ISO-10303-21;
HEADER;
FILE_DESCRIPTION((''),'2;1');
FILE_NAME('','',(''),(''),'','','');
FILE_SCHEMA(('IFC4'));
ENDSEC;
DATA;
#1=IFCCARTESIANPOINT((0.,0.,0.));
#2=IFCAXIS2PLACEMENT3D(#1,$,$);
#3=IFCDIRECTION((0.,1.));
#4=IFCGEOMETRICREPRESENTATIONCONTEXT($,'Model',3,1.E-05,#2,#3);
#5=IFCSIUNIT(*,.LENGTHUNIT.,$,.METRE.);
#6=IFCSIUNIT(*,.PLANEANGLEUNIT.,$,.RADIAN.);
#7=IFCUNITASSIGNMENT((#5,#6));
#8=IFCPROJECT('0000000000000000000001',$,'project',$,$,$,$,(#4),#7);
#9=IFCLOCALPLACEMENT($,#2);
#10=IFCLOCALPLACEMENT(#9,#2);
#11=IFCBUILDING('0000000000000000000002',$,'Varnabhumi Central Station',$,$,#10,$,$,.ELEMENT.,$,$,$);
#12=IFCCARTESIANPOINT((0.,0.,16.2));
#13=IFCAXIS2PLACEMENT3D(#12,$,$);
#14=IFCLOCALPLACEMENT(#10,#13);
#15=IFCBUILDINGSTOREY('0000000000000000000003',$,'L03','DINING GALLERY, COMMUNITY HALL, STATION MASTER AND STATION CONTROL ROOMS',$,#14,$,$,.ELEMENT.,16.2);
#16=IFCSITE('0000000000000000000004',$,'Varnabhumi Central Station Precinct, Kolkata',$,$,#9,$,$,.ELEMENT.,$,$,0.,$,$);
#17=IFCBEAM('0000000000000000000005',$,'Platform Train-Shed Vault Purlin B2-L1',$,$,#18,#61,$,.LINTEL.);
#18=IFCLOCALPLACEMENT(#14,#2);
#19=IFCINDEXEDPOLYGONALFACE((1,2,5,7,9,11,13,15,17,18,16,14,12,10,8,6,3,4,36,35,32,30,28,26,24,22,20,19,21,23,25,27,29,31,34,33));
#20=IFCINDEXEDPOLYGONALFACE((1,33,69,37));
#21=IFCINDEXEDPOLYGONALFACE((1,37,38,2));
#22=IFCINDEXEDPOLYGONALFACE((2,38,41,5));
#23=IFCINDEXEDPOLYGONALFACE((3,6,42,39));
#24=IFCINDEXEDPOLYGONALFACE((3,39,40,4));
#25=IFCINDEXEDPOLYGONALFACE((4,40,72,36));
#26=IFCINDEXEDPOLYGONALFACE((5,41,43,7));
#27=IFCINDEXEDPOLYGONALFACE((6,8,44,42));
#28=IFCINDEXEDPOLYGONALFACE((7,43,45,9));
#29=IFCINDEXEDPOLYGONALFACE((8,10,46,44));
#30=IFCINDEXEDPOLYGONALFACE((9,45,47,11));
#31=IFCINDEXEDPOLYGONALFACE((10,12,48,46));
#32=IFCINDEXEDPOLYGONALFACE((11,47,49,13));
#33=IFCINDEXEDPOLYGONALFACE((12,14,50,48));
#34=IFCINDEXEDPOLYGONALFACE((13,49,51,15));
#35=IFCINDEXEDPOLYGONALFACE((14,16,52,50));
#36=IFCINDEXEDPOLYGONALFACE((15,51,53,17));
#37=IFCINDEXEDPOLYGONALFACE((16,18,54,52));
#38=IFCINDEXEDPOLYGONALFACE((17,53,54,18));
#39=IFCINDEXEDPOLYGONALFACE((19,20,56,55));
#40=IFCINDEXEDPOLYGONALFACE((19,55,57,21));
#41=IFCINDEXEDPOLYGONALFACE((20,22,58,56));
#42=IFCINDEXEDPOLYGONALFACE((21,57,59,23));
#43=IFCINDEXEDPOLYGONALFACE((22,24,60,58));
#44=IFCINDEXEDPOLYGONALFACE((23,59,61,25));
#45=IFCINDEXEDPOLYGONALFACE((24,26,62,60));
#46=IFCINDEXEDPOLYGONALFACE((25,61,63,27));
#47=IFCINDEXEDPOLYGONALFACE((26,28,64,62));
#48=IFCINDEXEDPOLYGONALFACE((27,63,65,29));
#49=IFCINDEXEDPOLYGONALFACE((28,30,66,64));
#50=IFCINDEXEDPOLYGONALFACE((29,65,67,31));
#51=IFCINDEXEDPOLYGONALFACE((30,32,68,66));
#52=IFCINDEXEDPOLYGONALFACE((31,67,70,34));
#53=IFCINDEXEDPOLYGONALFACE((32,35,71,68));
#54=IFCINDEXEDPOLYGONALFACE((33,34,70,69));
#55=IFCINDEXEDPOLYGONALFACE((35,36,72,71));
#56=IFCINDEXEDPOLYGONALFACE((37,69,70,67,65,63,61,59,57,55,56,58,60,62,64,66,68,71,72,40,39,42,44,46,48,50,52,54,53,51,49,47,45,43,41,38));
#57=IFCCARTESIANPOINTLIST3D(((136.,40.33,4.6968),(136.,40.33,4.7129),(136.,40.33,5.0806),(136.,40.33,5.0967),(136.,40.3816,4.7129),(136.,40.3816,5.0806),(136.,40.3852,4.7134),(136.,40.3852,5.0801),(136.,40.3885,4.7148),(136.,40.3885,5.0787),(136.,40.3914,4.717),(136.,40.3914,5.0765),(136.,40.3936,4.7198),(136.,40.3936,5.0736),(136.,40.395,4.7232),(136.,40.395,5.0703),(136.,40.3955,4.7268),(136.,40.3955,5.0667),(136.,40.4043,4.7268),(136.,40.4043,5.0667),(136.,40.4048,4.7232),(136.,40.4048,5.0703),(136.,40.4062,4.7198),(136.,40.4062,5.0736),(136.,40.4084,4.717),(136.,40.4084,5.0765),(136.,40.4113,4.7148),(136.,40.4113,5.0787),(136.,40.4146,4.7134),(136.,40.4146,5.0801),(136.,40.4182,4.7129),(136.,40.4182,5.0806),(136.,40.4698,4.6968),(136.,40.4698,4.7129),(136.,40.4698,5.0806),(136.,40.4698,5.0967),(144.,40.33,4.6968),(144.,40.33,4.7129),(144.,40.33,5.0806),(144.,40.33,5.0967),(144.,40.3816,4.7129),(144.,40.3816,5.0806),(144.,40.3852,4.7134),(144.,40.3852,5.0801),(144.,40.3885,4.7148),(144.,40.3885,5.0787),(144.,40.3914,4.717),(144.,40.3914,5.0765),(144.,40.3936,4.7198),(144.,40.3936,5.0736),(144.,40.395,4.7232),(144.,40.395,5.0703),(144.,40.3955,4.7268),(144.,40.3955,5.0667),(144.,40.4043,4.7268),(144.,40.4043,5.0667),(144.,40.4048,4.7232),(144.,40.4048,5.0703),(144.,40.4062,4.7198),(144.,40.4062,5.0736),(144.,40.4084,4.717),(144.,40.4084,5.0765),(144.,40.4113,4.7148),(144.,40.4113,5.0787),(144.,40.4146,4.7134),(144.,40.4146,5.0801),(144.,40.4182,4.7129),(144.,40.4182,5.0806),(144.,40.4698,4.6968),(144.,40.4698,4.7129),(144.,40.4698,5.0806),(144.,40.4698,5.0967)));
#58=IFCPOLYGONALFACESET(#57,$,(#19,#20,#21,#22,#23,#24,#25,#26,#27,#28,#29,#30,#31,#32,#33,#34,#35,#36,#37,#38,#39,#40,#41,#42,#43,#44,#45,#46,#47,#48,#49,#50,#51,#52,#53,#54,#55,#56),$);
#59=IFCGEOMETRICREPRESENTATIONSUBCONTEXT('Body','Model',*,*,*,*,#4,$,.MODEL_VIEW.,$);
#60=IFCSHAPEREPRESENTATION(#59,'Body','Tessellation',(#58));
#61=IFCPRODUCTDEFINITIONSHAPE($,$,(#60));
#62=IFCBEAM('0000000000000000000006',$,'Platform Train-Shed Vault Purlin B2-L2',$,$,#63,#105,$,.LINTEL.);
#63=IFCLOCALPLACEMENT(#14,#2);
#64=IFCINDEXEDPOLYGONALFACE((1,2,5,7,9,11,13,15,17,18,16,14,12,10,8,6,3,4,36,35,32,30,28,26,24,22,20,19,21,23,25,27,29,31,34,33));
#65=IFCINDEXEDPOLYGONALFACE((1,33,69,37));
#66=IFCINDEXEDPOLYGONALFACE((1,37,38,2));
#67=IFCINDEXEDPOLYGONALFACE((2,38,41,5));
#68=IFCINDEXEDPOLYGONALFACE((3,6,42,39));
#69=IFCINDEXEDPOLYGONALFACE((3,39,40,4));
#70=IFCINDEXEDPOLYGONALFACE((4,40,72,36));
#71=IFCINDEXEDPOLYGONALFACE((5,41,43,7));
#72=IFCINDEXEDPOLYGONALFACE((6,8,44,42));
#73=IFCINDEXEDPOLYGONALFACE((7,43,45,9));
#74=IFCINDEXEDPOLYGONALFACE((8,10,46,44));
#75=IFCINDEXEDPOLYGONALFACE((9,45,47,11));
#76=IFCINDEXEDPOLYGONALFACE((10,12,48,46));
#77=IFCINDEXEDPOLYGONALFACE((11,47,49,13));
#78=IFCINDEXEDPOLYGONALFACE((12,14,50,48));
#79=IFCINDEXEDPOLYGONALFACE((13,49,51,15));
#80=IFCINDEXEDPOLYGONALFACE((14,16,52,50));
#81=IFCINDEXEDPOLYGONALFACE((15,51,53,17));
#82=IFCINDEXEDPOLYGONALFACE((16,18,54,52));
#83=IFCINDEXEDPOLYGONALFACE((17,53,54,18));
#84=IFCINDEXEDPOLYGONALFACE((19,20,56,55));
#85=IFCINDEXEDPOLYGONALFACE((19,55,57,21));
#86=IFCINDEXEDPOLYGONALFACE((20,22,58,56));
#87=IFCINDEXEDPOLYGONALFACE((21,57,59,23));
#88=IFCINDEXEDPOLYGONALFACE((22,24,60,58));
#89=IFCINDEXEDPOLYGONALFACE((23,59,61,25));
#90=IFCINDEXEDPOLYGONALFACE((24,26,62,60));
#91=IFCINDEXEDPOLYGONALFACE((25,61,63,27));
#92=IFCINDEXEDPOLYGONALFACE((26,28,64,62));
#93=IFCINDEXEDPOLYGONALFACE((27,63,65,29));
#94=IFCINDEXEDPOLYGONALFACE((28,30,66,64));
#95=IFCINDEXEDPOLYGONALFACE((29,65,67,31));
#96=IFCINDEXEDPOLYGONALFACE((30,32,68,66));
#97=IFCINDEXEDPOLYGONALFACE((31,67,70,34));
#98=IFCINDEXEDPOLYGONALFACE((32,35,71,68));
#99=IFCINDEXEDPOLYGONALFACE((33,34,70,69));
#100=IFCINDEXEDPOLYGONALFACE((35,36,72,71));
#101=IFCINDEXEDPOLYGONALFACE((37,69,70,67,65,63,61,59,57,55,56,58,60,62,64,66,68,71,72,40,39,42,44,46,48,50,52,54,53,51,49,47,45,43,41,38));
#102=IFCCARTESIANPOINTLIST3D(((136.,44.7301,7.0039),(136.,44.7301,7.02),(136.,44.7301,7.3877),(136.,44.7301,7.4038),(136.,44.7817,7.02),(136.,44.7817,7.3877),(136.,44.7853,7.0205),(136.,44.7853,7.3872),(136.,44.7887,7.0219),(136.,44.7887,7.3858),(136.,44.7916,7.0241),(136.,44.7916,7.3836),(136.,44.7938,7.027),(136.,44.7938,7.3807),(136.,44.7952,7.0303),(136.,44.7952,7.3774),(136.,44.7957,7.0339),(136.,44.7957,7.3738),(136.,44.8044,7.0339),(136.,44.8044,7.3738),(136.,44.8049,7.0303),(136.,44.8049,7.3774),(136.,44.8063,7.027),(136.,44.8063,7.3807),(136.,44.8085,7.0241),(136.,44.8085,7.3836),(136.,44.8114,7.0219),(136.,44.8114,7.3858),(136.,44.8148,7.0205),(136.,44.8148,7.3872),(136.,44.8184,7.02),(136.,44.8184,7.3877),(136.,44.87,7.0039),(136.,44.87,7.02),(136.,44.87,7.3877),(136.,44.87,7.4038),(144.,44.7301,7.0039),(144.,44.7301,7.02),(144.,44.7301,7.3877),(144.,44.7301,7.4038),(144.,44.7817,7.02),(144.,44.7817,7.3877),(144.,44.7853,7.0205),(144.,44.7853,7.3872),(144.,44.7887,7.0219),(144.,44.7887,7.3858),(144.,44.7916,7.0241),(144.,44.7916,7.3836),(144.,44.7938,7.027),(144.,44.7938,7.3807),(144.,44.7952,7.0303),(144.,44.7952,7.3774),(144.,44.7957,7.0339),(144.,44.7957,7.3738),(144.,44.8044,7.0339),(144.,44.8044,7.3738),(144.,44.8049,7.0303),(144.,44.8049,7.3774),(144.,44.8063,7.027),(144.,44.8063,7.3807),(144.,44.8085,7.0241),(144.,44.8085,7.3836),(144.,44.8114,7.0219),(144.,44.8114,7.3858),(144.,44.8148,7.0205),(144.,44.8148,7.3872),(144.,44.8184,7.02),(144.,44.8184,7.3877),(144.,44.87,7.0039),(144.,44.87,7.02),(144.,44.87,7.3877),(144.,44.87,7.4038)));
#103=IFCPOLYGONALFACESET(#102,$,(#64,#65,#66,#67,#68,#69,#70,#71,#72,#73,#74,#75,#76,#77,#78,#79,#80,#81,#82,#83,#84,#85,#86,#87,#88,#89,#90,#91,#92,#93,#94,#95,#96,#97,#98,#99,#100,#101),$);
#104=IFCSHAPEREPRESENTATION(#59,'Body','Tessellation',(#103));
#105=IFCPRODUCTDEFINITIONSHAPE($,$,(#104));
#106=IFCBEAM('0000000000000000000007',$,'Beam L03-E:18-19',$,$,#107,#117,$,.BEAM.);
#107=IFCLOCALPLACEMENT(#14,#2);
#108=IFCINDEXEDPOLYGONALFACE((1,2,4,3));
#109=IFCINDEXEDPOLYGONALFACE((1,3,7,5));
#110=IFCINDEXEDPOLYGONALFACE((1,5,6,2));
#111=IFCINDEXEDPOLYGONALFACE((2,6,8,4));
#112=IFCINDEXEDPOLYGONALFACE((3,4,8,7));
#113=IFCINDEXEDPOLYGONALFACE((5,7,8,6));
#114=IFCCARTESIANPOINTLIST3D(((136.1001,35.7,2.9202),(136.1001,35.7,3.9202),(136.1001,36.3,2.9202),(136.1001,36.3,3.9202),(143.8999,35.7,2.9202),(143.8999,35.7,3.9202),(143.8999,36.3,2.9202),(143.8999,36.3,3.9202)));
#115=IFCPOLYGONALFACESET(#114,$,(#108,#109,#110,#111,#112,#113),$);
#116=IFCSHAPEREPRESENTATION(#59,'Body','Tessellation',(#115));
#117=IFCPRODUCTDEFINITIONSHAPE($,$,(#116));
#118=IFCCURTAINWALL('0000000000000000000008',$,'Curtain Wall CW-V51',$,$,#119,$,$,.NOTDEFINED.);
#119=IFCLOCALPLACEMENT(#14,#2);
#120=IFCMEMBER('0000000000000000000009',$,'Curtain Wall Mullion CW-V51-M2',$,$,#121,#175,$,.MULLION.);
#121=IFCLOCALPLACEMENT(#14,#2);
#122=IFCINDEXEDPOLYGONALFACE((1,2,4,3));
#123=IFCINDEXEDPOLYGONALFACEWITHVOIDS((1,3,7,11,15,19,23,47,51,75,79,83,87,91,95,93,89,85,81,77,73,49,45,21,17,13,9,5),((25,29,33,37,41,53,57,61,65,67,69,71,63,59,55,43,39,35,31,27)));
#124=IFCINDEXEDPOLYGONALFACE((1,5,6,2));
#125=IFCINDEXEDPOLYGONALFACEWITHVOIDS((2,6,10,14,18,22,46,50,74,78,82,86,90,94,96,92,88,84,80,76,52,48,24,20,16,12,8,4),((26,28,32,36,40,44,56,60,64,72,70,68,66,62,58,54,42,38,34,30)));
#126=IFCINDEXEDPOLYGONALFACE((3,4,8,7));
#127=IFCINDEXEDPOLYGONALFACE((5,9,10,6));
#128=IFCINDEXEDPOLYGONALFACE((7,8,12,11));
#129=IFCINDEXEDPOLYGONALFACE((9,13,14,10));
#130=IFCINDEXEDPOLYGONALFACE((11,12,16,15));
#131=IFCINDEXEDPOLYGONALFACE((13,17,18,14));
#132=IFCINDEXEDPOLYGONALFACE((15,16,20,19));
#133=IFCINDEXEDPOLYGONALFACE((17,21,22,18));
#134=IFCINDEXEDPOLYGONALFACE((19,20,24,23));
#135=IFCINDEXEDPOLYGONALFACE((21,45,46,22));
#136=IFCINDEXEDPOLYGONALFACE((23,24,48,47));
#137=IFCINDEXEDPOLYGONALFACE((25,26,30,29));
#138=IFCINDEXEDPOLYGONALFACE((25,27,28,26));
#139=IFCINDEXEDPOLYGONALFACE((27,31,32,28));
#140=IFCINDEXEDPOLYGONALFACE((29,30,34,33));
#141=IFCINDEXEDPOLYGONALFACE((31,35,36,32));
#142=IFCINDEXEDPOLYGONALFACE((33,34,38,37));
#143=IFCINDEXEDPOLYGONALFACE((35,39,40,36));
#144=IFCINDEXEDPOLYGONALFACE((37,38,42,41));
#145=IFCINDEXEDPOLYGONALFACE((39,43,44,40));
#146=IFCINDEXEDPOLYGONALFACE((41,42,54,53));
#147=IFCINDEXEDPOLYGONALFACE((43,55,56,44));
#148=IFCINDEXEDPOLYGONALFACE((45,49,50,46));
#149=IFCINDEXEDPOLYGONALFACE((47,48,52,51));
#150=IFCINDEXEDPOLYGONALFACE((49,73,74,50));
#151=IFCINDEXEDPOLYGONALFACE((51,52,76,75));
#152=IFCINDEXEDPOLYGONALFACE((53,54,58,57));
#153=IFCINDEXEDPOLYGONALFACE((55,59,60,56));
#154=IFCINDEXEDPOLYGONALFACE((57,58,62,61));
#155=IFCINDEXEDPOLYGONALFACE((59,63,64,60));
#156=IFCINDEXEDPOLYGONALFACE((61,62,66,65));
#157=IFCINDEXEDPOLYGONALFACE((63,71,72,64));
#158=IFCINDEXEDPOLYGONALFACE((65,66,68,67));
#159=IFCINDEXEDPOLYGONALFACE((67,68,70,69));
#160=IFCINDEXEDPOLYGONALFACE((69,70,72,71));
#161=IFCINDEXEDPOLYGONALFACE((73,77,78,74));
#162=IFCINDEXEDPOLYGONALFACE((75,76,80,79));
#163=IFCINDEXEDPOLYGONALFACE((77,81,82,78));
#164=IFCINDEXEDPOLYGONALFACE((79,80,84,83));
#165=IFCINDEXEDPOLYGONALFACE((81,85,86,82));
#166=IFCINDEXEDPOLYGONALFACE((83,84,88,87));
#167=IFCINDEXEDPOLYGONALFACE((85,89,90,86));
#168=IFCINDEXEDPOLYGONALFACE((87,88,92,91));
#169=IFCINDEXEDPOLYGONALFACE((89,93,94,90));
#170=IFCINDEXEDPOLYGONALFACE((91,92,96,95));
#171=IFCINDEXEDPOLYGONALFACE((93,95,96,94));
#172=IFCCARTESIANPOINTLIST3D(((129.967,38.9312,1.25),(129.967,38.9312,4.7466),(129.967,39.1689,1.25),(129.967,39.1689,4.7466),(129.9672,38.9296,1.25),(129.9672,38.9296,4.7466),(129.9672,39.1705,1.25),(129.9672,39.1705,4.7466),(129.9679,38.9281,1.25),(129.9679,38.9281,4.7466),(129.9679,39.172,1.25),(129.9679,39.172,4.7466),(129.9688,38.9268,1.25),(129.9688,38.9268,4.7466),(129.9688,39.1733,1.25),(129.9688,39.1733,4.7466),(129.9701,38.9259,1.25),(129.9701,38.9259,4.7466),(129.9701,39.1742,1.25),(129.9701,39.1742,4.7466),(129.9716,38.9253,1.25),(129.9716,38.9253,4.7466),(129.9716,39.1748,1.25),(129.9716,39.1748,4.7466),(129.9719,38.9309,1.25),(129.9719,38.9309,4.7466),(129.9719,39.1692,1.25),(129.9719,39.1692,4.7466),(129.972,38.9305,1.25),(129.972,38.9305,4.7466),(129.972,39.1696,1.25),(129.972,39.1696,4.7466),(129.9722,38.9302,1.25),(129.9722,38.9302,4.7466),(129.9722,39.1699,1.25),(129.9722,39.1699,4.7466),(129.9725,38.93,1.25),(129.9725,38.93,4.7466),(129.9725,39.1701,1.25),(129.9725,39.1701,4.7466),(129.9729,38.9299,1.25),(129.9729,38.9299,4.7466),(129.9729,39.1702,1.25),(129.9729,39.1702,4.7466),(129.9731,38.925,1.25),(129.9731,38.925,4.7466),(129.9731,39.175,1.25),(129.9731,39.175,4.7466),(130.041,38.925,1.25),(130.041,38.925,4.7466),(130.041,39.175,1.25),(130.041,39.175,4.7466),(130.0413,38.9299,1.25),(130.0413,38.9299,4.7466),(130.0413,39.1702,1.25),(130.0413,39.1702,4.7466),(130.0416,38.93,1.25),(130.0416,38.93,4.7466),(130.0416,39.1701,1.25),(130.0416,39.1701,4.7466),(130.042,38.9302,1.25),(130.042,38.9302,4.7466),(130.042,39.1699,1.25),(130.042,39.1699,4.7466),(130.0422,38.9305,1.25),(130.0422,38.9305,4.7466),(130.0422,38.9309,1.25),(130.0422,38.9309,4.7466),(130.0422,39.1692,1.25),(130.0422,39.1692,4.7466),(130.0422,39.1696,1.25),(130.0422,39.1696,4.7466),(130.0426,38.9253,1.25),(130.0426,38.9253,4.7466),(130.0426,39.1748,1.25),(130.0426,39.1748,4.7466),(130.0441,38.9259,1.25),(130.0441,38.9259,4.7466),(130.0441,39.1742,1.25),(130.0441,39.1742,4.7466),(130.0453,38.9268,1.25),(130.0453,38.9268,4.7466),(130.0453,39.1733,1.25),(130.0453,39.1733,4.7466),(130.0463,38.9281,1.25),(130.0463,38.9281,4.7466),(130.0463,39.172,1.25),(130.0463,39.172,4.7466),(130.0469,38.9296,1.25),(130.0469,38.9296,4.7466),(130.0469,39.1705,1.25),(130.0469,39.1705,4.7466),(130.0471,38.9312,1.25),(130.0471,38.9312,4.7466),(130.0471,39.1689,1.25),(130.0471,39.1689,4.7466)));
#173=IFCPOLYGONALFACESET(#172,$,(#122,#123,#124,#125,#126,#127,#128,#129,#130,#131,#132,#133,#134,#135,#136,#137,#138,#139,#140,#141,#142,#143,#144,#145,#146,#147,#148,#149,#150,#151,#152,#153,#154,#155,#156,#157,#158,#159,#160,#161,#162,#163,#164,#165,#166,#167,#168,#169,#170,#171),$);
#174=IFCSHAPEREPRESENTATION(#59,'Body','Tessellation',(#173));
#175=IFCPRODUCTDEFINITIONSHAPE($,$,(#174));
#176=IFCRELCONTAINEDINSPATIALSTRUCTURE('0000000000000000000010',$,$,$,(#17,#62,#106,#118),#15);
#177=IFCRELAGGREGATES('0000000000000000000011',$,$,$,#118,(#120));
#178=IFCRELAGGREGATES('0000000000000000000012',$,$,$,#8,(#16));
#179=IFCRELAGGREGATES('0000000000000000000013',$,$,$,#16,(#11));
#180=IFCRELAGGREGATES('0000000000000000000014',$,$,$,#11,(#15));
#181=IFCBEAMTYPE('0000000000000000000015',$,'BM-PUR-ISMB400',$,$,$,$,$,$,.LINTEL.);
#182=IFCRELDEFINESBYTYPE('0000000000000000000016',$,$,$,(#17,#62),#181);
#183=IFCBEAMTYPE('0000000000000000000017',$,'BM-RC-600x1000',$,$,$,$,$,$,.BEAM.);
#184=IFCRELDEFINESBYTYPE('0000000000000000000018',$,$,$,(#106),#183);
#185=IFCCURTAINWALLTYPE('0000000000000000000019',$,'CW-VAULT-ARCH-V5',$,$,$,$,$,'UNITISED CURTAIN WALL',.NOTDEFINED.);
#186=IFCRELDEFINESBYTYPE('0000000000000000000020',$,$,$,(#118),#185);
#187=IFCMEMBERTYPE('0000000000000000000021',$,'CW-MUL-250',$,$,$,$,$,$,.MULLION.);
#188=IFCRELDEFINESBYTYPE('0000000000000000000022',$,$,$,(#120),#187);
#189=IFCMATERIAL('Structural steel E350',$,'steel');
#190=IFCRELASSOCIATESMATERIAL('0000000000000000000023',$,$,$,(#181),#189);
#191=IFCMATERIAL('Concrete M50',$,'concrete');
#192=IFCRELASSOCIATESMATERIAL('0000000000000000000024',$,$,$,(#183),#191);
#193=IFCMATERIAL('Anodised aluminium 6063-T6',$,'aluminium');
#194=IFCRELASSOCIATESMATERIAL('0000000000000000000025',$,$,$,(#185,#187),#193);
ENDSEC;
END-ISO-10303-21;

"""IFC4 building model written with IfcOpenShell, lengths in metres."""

from ifc_helpers import new_model, si_unit, direction, frame, origin, origin_2d, place, context, subcontext, project, spatial, rectangle, hollow_rectangle, i_section, extrude, material, material_profile, profile_set, type_object, element, aggregate, save


model = new_model("IFC4")

# Units and contexts
model_context = context("Model", 3, precision=1e-05, world=origin(), true_north=direction((0.0, 1.0)))
body_context = subcontext(model_context, "Body", "Model", "MODEL_VIEW")
ifc_project = project(units=[si_unit("LENGTHUNIT", "METRE"), si_unit("PLANEANGLEUNIT", "RADIAN")], contexts=[model_context])

# Site, building, storey
site_placement = place(None, origin())
site = spatial("IfcSite", under=ifc_project, at=site_placement, Name="Varnabhumi Central Station Precinct, Kolkata", CompositionType="ELEMENT", RefElevation=0.0)
building_placement = place(site_placement, origin())
building = spatial("IfcBuilding", under=site, at=building_placement, Name="Varnabhumi Central Station", CompositionType="ELEMENT")
storey_placement = place(building_placement, frame((0.0, 0.0, 16.2)))
storey = spatial("IfcBuildingStorey", under=building, at=storey_placement, Name="L03", Description="DINING GALLERY, COMMUNITY HALL, STATION MASTER AND STATION CONTROL ROOMS", CompositionType="ELEMENT", Elevation=16.2)

# Beams
ifc_material_1 = material(Name="Structural steel E350", Category="steel")
ifc_material_profile_1 = material_profile(ifc_material_1, i_section(OverallWidth=0.1399, OverallDepth=0.3999, WebThickness=0.0088, FlangeThickness=0.0161, FilletRadius=0.0139, at=origin_2d()), Name="Structural steel E350", Category="steel")
ifc_profile_set_1 = profile_set([ifc_material_profile_1], Name="Structural steel E350")
beam_type_1 = type_object("IfcBeamType", Name="BM-PUR-ISMB400", PredefinedType="LINTEL", material=ifc_profile_set_1)
for number, where, z_axis, x_axis, name in (
    (1, (136.0, 40.3999, 4.8967), (1.0, 0.0, 0.0), (0.0, 1.0, 0.0), "Platform Train-Shed Vault Purlin B2-L1"),
    (2, (136.0, 44.8, 7.2039), (1.0, 0.0, 0.0), (0.0, 1.0, 0.0), "Platform Train-Shed Vault Purlin B2-L2"),
):
    element("IfcBeam", number, at=place(storey_placement, frame(where, z_axis=z_axis, x_axis=x_axis)), inside=storey, type_object=beam_type_1, Name=name, PredefinedType="LINTEL", context=body_context, shape_type="SweptSolid", body=[
        extrude(i_section(OverallWidth=0.1399, OverallDepth=0.3999, WebThickness=0.0088, FlangeThickness=0.0161, FilletRadius=0.0139, at=origin_2d()), origin(), (0.0, 0.0, 1.0), 8.0),
    ])
ifc_material_2 = material(Name="Concrete M50", Category="concrete")
ifc_material_profile_2 = material_profile(ifc_material_2, rectangle(XDim=0.6001, YDim=1.0, at=origin_2d()), Name="Concrete M50", Category="concrete")
ifc_profile_set_2 = profile_set([ifc_material_profile_2], Name="Concrete M50")
beam_type_2 = type_object("IfcBeamType", Name="BM-RC-600x1000", PredefinedType="BEAM", material=ifc_profile_set_2)
beam_1_placement = place(storey_placement, frame((136.1001, 36.0, 3.4202), z_axis=(1.0, 0.0, 0.0), x_axis=(0.0, 1.0, 0.0)))
element("IfcBeam", 3, at=beam_1_placement, inside=storey, type_object=beam_type_2, Name="Beam L03-E:18-19", PredefinedType="BEAM", context=body_context, shape_type="SweptSolid", body=[
    extrude(rectangle(XDim=0.6001, YDim=1.0, at=origin_2d()), origin(), (0.0, 0.0, 1.0), 7.7998),
])

# Curtain wall, member
ifc_material_3 = material(Name="Anodised aluminium 6063-T6", Category="aluminium")
curtain_wall_type = type_object("IfcCurtainWallType", Name="CW-VAULT-ARCH-V5", ElementType="UNITISED CURTAIN WALL", PredefinedType="NOTDEFINED", material=ifc_material_3)
curtain_wall_1_placement = place(storey_placement, origin())
curtain_wall_1 = element("IfcCurtainWall", 4, at=curtain_wall_1_placement, inside=storey, type_object=curtain_wall_type, Name="Curtain Wall CW-V51", PredefinedType="NOTDEFINED")
ifc_material_profile_3 = material_profile(ifc_material_3, hollow_rectangle(XDim=0.0801, YDim=0.25, WallThickness=0.0049, InnerFilletRadius=0.001, OuterFilletRadius=0.0061, at=origin_2d()), Name="Anodised aluminium 6063-T6", Category="aluminium")
ifc_profile_set_3 = profile_set([ifc_material_profile_3], Name="Anodised aluminium 6063-T6")
member_type_1 = type_object("IfcMemberType", Name="CW-MUL-250", PredefinedType="MULLION", material=ifc_profile_set_3)
member_1_placement = place(storey_placement, frame((130.0071, 39.05, 1.25), z_axis=(0.0, 0.0, 1.0), x_axis=(1.0, 0.0, 0.0)))
member_1 = element("IfcMember", 5, at=member_1_placement, type_object=member_type_1, Name="Curtain Wall Mullion CW-V51-M2", PredefinedType="MULLION", context=body_context, shape_type="SweptSolid", body=[
    extrude(hollow_rectangle(XDim=0.0801, YDim=0.25, WallThickness=0.0049, InnerFilletRadius=0.001, OuterFilletRadius=0.0061, at=origin_2d()), origin(), (0.0, 0.0, 1.0), 3.4966),
])

aggregate(curtain_wall_1, [member_1])

save(model, "model.ifc")
